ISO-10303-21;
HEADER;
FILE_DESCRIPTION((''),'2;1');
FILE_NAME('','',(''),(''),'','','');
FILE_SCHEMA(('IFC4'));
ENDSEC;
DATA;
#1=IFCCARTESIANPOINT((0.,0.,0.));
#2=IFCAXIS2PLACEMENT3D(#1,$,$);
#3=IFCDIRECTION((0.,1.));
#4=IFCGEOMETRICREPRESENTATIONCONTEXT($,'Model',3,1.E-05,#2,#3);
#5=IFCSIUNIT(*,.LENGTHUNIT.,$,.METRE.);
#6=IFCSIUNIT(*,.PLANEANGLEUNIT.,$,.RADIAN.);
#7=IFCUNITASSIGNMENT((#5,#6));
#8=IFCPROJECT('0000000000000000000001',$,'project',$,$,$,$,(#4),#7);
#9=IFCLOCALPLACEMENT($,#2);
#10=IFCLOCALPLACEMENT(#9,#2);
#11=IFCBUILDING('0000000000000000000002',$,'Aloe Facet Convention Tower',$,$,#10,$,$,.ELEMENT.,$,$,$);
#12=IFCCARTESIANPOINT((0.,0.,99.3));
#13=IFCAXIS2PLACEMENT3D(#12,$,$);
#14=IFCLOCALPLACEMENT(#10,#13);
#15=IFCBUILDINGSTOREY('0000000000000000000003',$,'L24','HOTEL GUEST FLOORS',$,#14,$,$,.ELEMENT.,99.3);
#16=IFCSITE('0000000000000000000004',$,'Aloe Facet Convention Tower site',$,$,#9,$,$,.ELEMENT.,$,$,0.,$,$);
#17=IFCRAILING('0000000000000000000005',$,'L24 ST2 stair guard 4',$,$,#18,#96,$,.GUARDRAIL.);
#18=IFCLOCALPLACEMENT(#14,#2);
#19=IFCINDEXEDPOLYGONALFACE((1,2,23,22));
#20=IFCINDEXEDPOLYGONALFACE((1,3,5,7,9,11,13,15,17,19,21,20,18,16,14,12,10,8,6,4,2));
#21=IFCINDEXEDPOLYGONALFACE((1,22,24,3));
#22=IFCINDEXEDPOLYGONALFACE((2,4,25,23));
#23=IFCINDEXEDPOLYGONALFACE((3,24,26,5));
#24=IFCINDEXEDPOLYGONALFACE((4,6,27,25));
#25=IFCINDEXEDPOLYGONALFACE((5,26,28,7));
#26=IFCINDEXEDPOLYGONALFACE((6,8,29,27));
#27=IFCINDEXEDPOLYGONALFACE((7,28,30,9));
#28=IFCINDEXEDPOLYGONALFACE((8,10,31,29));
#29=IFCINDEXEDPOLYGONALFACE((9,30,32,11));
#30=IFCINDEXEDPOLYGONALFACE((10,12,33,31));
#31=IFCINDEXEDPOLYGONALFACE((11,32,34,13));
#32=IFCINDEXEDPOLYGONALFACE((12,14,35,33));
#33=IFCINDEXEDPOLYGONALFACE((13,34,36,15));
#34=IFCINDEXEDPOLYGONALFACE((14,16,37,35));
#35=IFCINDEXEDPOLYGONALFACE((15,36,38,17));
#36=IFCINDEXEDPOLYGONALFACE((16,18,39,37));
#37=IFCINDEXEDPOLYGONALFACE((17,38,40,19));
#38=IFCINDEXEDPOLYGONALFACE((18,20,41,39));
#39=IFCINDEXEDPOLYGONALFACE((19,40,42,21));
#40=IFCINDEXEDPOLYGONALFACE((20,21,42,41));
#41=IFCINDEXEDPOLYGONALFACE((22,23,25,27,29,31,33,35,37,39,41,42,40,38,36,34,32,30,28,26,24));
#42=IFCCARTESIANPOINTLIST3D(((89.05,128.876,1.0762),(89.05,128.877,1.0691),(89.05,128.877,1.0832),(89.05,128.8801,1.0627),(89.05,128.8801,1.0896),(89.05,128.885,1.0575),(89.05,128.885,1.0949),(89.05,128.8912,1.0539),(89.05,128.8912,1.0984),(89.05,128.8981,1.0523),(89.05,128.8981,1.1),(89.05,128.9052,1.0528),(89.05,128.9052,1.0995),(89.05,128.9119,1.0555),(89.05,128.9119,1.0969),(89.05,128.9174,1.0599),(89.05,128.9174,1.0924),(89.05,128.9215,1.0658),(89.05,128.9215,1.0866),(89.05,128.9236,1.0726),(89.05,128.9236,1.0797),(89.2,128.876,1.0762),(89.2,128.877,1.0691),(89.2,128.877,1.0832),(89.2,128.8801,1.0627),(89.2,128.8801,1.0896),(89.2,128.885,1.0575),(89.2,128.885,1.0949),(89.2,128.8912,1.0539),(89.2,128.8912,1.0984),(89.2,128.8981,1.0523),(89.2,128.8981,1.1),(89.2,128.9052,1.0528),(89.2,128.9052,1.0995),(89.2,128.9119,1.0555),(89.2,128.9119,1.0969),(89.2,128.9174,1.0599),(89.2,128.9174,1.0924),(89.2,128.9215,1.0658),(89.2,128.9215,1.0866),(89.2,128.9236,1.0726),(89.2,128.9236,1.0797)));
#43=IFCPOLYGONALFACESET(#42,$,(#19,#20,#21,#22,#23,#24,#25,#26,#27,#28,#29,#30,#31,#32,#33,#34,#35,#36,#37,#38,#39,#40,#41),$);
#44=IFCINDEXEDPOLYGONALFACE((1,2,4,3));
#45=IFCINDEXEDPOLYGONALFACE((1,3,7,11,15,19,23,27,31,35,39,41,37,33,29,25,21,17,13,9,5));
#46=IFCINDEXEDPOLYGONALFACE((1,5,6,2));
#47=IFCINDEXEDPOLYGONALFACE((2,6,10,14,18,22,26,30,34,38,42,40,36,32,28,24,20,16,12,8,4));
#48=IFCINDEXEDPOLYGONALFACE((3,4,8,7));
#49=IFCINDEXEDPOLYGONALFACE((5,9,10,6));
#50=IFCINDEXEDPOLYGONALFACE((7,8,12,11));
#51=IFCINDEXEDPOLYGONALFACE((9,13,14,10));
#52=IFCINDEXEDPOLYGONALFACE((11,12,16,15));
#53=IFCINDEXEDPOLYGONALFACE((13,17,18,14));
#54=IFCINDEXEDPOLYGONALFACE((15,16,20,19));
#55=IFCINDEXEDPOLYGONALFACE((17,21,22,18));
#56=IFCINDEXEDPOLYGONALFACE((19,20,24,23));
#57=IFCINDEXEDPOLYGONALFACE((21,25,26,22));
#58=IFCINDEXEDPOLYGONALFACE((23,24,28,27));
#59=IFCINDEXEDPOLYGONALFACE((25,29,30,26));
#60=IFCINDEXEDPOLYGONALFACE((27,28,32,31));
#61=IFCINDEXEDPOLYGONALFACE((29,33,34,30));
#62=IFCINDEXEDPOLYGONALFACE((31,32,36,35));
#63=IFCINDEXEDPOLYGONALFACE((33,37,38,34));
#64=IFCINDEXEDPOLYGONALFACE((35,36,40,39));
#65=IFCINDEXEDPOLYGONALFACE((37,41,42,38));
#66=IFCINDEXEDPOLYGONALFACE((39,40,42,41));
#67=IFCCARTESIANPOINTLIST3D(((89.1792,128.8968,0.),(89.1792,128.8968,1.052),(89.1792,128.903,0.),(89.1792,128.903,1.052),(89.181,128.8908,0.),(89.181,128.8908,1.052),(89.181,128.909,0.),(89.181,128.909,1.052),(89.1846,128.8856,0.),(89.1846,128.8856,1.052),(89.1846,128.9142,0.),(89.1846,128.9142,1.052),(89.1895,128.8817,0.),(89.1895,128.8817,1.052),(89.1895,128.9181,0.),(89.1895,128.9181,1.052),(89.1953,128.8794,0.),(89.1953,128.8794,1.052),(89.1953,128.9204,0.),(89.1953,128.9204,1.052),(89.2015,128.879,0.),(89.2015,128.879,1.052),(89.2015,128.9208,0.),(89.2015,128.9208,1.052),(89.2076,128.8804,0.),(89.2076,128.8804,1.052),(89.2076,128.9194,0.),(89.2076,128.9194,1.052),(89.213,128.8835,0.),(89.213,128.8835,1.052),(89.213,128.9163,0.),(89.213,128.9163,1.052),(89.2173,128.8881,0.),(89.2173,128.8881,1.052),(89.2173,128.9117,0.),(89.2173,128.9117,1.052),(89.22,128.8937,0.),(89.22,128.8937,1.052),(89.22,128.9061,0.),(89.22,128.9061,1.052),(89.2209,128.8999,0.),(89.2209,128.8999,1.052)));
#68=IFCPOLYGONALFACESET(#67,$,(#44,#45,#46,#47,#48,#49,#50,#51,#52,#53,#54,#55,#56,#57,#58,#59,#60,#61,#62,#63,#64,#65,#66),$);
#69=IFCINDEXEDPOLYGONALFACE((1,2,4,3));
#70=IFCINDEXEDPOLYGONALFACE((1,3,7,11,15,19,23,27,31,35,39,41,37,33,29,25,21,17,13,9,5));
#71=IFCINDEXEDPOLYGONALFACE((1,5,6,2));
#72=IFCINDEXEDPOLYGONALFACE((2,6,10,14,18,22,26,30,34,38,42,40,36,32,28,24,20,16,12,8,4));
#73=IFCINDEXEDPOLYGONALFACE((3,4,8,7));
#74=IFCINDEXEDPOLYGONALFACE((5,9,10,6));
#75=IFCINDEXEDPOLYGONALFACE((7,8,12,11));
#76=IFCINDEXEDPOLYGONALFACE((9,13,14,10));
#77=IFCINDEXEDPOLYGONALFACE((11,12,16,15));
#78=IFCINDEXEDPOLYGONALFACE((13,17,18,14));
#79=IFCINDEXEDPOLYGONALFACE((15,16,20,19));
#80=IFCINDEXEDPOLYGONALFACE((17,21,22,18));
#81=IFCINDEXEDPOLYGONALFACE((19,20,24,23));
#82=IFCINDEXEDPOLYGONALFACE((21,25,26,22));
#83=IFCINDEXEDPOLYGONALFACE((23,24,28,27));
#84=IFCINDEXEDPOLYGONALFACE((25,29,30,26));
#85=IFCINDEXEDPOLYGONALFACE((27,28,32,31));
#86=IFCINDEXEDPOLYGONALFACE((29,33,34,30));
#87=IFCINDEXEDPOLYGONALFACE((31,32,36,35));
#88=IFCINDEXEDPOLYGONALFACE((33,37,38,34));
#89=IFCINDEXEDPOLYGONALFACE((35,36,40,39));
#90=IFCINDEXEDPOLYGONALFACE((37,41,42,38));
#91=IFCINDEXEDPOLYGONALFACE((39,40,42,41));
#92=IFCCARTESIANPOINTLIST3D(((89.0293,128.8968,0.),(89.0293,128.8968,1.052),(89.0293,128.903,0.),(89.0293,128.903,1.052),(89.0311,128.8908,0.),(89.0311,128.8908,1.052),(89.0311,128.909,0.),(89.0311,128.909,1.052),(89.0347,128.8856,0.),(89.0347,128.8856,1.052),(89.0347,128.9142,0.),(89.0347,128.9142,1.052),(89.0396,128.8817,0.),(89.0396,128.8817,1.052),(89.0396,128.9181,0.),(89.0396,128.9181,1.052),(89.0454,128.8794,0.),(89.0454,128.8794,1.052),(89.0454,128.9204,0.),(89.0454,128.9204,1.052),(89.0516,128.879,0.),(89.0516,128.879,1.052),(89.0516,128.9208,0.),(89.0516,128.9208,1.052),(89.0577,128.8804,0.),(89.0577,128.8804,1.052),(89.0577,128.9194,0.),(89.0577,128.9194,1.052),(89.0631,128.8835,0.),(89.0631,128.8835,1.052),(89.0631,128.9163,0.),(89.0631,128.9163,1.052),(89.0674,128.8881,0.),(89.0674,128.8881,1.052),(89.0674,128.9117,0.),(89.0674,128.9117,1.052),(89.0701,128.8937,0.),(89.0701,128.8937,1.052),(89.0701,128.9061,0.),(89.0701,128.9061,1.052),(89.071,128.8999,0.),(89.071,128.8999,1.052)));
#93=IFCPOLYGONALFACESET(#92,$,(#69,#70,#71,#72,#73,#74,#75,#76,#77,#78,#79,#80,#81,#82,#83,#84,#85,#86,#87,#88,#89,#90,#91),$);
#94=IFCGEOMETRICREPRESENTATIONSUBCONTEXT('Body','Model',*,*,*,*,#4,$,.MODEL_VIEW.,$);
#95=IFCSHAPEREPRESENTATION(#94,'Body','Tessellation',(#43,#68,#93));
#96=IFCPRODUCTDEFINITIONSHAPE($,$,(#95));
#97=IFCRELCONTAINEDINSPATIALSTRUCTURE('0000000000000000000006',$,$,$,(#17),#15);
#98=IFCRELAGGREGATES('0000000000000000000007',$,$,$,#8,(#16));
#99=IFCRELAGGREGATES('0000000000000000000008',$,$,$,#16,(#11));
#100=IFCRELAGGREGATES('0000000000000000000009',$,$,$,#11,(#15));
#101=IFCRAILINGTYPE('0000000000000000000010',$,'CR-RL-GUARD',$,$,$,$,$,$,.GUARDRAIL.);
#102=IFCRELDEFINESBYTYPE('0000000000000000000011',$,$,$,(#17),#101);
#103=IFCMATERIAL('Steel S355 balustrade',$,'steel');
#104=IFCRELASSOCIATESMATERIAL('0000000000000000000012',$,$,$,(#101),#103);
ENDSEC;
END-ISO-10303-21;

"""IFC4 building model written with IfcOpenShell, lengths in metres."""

from ifc_helpers import new_model, si_unit, direction, frame, origin, origin_2d, place, context, subcontext, project, spatial, circle, extrude, material, type_object, element, save


model = new_model("IFC4")

# Units and contexts
model_context = context("Model", 3, precision=1e-05, world=origin(), true_north=direction((0.0, 1.0)))
body_context = subcontext(model_context, "Body", "Model", "MODEL_VIEW")
ifc_project = project(units=[si_unit("LENGTHUNIT", "METRE"), si_unit("PLANEANGLEUNIT", "RADIAN")], contexts=[model_context])

# Site, building, storey
site_placement = place(None, origin())
site = spatial("IfcSite", under=ifc_project, at=site_placement, Name="Aloe Facet Convention Tower site", CompositionType="ELEMENT", RefElevation=0.0)
building_placement = place(site_placement, origin())
building = spatial("IfcBuilding", under=site, at=building_placement, Name="Aloe Facet Convention Tower", CompositionType="ELEMENT")
storey_placement = place(building_placement, frame((0.0, 0.0, 99.3)))
storey = spatial("IfcBuildingStorey", under=building, at=storey_placement, Name="L24", Description="HOTEL GUEST FLOORS", CompositionType="ELEMENT", Elevation=99.3)

# Railing
ifc_material_1 = material(Name="Steel S355 balustrade", Category="steel")
railing_type_1 = type_object("IfcRailingType", Name="CR-RL-GUARD", PredefinedType="GUARDRAIL", material=ifc_material_1)
railing_1_placement = place(storey_placement, frame((89.2, 128.8999, 0.0)))
element("IfcRailing", 1, at=railing_1_placement, inside=storey, type_object=railing_type_1, Name="L24 ST2 stair guard 4", PredefinedType="GUARDRAIL", context=body_context, shape_type="SweptSolid", body=[
    extrude(circle(Radius=0.0239, at=origin_2d()), frame((0.0, 0.0, 1.0762), z_axis=(-1.0, 0.0, 0.0), x_axis=(0.0, -1.0, 0.0)), (0.0, 0.0, 1.0), 0.1499),
    extrude(circle(Radius=0.021, at=origin_2d()), origin(), (0.0, 0.0, 1.0), 1.052),
    extrude(circle(Radius=0.021, at=origin_2d()), frame((-0.1499, 0.0, 0.0)), (0.0, 0.0, 1.0), 1.052),
])

save(model, "model.ifc")
